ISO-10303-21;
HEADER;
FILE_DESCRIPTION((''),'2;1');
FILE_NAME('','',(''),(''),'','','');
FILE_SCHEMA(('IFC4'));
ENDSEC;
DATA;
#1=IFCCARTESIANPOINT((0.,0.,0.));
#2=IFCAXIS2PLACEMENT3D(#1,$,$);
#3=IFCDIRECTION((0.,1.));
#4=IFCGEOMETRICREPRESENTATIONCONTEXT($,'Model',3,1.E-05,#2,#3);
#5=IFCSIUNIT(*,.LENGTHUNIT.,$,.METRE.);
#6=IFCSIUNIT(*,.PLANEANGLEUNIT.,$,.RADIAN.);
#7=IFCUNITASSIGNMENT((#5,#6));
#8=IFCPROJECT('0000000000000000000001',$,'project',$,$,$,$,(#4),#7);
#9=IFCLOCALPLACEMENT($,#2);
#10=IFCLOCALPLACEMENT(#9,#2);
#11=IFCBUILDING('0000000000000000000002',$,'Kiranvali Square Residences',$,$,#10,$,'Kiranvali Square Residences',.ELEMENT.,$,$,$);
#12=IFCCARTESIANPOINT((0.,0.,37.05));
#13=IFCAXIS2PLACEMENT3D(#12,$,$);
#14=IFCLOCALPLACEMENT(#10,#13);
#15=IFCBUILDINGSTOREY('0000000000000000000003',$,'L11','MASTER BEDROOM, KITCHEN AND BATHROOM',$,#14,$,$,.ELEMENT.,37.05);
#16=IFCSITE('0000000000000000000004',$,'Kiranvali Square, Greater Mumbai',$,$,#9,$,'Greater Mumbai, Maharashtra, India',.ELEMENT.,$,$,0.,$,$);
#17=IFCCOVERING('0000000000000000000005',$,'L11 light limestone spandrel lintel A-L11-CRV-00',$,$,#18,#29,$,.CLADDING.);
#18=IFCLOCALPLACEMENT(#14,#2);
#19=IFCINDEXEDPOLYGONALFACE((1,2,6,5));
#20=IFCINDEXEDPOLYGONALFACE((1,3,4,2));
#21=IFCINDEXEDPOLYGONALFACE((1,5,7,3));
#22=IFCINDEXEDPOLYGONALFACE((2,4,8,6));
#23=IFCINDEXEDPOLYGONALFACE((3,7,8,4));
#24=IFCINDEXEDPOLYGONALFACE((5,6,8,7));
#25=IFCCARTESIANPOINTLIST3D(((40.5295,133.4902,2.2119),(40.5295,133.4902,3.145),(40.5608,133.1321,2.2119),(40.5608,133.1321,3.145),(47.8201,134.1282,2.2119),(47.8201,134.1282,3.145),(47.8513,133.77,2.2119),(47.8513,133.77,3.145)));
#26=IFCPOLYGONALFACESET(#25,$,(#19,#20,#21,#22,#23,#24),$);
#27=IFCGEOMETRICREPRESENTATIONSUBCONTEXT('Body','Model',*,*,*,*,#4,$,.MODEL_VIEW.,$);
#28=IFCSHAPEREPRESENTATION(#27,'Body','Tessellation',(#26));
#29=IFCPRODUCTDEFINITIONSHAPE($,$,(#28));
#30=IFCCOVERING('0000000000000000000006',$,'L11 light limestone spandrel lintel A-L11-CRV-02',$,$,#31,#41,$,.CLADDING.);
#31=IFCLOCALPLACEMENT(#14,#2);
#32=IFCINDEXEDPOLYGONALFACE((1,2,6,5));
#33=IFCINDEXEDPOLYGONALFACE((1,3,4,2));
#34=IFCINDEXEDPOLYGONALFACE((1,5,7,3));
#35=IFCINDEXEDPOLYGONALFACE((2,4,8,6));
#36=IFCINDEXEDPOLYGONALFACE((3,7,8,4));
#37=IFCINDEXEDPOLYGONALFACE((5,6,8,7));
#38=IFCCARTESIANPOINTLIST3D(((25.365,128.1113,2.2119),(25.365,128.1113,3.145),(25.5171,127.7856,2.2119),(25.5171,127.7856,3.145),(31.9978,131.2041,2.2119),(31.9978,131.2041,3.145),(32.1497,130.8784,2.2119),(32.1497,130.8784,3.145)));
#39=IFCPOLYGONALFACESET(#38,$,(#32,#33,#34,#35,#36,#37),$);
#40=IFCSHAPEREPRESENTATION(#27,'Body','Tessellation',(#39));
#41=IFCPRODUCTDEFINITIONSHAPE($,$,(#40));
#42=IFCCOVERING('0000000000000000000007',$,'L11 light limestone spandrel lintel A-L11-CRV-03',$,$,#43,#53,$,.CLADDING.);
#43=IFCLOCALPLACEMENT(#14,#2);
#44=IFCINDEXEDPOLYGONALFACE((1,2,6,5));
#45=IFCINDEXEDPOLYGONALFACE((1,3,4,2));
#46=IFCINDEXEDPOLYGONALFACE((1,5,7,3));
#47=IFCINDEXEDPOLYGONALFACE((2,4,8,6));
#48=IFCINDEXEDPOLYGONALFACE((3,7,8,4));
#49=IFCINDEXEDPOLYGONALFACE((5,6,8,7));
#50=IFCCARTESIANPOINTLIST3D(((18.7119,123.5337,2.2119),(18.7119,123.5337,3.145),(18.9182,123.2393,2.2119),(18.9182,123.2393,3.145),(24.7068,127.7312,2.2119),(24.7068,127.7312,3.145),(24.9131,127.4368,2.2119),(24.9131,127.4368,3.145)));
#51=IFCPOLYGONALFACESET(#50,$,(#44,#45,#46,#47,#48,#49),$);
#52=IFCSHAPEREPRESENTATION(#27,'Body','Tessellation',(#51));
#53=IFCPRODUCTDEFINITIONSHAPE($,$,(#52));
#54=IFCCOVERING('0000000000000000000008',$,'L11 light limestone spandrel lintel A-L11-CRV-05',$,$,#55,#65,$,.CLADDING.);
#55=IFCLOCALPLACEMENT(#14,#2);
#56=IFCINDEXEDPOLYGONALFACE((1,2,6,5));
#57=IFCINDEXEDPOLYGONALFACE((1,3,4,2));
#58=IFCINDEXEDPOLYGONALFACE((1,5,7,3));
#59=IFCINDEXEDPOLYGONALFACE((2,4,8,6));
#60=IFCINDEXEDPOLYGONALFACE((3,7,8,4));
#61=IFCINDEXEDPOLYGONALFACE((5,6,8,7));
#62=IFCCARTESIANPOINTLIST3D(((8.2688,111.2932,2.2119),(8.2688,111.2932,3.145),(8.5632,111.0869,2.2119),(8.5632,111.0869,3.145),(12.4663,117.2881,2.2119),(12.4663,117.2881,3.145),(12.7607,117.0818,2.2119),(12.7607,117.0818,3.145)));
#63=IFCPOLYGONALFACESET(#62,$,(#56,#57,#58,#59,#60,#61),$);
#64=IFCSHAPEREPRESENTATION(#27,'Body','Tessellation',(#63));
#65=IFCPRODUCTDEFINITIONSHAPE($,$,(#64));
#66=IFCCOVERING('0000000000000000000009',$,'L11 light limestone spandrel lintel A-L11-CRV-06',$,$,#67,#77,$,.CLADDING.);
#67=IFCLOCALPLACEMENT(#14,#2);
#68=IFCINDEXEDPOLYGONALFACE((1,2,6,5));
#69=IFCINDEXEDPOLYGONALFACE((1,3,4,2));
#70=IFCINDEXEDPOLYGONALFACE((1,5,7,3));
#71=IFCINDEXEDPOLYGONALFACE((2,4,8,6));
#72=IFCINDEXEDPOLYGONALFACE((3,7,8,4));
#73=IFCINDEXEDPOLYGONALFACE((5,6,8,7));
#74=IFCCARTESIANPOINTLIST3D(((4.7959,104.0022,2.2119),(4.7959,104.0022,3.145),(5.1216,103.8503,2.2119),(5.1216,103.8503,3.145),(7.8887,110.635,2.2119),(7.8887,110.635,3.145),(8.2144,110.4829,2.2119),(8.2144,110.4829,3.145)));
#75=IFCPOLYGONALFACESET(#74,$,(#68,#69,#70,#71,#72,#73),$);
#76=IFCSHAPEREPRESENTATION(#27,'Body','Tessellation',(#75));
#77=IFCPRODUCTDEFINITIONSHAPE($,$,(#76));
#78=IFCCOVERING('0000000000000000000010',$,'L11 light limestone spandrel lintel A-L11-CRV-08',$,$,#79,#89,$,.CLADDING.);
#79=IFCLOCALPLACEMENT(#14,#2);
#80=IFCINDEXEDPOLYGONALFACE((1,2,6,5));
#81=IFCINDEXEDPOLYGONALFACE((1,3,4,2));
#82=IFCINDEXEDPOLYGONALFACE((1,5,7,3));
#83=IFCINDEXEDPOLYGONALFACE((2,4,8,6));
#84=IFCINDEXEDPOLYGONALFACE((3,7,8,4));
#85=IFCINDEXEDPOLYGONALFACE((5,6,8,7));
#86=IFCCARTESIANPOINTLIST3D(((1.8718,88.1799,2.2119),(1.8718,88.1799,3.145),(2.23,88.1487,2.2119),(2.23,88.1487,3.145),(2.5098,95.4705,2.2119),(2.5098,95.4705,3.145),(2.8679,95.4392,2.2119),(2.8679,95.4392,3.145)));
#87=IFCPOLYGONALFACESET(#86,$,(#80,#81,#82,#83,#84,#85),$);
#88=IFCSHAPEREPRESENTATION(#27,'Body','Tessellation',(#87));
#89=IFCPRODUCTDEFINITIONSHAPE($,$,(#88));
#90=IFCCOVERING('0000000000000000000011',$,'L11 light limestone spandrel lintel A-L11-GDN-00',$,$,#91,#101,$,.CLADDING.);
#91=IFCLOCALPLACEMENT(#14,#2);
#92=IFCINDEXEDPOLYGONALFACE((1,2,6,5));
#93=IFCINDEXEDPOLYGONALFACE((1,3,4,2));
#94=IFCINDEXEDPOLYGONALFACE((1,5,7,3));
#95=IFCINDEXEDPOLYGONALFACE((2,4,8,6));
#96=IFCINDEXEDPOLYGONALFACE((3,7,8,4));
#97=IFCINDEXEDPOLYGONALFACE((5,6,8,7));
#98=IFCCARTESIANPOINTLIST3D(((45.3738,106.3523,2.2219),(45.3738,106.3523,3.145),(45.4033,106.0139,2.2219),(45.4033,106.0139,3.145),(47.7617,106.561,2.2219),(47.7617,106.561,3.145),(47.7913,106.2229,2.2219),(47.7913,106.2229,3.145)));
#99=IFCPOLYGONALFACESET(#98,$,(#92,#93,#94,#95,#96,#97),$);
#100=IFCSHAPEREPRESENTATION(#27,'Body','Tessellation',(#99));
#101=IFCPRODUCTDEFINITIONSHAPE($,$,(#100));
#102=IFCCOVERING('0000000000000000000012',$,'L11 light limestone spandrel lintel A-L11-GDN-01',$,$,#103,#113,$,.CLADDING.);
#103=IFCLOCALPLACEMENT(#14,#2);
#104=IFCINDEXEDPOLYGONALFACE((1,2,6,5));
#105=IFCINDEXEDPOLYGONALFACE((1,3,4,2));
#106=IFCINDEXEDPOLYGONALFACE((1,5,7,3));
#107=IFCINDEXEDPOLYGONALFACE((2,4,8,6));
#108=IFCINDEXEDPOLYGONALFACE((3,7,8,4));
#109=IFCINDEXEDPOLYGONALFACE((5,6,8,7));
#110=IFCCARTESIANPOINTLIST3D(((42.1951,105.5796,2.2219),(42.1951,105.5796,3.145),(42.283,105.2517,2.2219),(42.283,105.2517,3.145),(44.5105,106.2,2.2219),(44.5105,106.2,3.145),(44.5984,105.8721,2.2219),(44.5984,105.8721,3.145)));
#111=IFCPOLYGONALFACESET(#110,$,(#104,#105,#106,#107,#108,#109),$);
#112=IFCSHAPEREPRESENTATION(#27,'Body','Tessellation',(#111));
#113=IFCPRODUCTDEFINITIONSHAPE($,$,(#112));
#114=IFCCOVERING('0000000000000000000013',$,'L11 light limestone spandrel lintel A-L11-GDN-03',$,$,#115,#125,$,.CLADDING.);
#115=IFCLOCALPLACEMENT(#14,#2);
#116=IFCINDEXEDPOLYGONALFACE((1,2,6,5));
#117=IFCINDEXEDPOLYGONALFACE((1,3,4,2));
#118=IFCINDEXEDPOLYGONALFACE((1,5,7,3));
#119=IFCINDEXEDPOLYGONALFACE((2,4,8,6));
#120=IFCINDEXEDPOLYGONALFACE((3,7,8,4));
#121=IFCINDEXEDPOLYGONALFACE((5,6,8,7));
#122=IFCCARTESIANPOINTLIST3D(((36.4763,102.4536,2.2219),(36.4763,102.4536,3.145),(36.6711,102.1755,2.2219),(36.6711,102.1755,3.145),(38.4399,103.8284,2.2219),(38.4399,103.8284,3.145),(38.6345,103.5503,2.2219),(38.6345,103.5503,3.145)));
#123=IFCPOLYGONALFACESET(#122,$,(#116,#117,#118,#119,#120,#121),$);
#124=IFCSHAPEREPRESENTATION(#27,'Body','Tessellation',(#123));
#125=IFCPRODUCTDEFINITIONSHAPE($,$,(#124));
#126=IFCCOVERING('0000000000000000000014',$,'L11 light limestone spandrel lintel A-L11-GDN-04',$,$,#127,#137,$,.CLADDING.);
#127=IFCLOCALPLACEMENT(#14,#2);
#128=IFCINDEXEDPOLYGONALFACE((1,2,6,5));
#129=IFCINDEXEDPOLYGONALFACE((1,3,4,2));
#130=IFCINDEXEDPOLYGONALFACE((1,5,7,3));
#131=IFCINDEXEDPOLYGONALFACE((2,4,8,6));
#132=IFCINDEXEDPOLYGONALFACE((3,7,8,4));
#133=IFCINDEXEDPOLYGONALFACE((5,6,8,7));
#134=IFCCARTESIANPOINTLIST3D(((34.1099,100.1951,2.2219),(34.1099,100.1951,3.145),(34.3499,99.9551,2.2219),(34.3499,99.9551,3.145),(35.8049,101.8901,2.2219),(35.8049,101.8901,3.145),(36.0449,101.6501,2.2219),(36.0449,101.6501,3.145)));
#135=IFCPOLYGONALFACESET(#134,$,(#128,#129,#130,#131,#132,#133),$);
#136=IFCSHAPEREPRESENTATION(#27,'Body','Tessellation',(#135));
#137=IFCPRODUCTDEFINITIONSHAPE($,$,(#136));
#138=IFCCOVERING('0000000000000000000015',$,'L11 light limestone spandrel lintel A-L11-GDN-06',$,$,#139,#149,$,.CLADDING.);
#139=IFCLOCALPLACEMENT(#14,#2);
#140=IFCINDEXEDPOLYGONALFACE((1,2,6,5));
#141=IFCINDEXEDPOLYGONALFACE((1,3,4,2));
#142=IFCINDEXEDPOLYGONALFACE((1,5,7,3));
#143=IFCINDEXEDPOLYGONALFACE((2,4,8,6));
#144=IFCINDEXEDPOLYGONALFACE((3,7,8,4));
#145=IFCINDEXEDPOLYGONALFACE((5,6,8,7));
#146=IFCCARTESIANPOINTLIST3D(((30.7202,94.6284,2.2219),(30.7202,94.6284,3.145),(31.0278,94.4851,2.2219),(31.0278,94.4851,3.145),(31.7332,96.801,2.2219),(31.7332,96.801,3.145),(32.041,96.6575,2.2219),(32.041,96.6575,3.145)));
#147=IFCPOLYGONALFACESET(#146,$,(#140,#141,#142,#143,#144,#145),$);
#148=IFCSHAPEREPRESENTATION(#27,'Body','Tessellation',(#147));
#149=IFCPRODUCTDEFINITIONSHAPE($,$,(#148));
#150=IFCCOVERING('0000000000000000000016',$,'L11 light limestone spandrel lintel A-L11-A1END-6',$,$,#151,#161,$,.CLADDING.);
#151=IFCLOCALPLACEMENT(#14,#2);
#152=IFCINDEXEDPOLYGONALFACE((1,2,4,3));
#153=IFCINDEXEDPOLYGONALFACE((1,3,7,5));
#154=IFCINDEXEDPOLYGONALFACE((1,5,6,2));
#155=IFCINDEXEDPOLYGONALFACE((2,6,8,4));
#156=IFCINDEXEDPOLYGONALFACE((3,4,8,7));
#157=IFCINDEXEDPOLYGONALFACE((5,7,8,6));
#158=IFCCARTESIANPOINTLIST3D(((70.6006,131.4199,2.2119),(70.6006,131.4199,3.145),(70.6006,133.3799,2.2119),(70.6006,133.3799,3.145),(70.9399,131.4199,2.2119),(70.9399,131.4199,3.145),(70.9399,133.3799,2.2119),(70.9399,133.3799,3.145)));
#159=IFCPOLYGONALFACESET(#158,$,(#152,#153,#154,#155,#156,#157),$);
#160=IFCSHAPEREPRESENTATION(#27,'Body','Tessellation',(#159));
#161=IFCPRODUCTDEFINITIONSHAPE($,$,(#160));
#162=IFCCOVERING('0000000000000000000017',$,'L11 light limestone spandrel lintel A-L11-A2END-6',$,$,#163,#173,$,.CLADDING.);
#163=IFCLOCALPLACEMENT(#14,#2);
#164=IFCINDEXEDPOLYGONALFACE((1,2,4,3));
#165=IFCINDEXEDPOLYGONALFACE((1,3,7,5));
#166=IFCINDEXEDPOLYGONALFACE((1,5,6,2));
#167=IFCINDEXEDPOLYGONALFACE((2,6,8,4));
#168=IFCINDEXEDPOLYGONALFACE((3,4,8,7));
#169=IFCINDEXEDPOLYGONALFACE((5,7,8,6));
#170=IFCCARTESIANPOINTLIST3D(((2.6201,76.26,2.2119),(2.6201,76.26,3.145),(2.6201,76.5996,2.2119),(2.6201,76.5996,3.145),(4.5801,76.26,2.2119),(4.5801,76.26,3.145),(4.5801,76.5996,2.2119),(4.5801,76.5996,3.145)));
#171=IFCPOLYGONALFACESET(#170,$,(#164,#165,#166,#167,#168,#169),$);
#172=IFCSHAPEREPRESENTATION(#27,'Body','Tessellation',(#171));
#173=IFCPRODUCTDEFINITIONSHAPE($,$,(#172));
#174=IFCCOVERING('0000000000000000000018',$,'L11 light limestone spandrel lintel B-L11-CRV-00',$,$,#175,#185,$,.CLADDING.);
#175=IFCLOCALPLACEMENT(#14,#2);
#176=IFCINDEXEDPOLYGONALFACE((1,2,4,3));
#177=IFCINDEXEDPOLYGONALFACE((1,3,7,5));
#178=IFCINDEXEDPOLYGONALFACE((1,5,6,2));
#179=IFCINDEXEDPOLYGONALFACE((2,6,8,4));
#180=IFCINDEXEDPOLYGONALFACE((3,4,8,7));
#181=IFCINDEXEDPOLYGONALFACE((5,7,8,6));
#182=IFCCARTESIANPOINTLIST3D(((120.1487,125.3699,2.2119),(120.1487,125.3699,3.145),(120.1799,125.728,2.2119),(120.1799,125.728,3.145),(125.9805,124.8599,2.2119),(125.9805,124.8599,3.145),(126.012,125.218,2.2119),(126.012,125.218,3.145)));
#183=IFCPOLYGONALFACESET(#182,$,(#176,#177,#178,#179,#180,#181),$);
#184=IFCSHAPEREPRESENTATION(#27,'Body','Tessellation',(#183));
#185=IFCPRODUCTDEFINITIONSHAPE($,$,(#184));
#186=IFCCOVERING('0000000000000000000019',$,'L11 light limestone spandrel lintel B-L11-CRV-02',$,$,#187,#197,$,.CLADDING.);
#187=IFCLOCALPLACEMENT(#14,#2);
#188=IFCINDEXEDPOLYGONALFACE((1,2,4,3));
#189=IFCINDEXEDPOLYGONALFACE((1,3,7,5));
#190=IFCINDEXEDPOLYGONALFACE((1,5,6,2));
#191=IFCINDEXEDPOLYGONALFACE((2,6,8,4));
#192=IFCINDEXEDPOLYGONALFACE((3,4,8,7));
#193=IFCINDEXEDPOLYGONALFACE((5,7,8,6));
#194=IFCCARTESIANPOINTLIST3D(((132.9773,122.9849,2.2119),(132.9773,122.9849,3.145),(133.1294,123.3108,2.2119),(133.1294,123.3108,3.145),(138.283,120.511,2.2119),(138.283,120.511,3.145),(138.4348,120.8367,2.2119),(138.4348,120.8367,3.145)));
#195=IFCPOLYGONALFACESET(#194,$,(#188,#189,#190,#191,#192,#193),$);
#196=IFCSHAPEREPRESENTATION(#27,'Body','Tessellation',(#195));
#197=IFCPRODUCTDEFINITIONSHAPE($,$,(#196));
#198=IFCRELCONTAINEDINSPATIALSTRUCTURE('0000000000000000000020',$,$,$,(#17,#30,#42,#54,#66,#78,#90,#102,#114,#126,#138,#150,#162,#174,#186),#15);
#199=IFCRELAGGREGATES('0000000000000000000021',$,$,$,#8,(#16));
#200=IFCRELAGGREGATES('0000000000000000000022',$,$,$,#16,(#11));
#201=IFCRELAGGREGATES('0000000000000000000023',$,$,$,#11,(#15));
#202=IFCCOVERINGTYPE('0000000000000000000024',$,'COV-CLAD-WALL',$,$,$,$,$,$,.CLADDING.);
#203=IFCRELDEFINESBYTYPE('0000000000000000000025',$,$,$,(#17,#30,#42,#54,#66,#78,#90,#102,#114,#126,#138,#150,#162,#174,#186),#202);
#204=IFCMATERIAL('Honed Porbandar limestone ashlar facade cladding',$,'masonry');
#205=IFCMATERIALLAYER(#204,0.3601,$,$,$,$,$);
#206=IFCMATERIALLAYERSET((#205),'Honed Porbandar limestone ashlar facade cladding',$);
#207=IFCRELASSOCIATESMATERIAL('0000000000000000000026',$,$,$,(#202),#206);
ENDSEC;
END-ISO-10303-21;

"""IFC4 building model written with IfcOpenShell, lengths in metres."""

from ifc_helpers import new_model, si_unit, direction, frame, origin, place, context, subcontext, project, spatial, polyline, outline, extrude, material, layer, layer_set, type_object, element, save


model = new_model("IFC4")

# Units and contexts
model_context = context("Model", 3, precision=1e-05, world=origin(), true_north=direction((0.0, 1.0)))
body_context = subcontext(model_context, "Body", "Model", "MODEL_VIEW")
ifc_project = project(units=[si_unit("LENGTHUNIT", "METRE"), si_unit("PLANEANGLEUNIT", "RADIAN")], contexts=[model_context])

# Site, building, storey
site_placement = place(None, origin())
site = spatial("IfcSite", under=ifc_project, at=site_placement, Name="Kiranvali Square, Greater Mumbai", LongName="Greater Mumbai, Maharashtra, India", CompositionType="ELEMENT", RefElevation=0.0)
building_placement = place(site_placement, origin())
building = spatial("IfcBuilding", under=site, at=building_placement, Name="Kiranvali Square Residences", LongName="Kiranvali Square Residences", CompositionType="ELEMENT")
storey_placement = place(building_placement, frame((0.0, 0.0, 37.05)))
storey = spatial("IfcBuildingStorey", under=building, at=storey_placement, Name="L11", Description="MASTER BEDROOM, KITCHEN AND BATHROOM", CompositionType="ELEMENT", Elevation=37.05)

# Coverings
ifc_material = material(Name="Honed Porbandar limestone ashlar facade cladding", Category="masonry")
ifc_layer = layer(ifc_material, 0.3601)
ifc_layer_set = layer_set([ifc_layer], Name="Honed Porbandar limestone ashlar facade cladding")
covering_type = type_object("IfcCoveringType", Name="COV-CLAD-WALL", PredefinedType="CLADDING", material=ifc_layer_set)
covering_1_placement = place(storey_placement, frame((0.0, 0.0, 2.2119)))
element("IfcCovering", 1, at=covering_1_placement, inside=storey, type_object=covering_type, Name="L11 light limestone spandrel lintel A-L11-CRV-00", PredefinedType="CLADDING", context=body_context, shape_type="SweptSolid", body=[
    extrude(outline(polyline([(47.8201, 134.1282), (40.5295, 133.4902), (40.5608, 133.1321), (47.8513, 133.77), (47.8201, 134.1282)])), origin(), (0.0, 0.0, 1.0), 0.9331),
])
covering_2_placement = place(storey_placement, frame((0.0, 0.0, 2.2119)))
element("IfcCovering", 2, at=covering_2_placement, inside=storey, type_object=covering_type, Name="L11 light limestone spandrel lintel A-L11-CRV-02", PredefinedType="CLADDING", context=body_context, shape_type="SweptSolid", body=[
    extrude(outline(polyline([(31.9978, 131.2041), (25.365, 128.1113), (25.5171, 127.7856), (32.1497, 130.8784), (31.9978, 131.2041)])), origin(), (0.0, 0.0, 1.0), 0.9331),
])
covering_3_placement = place(storey_placement, frame((0.0, 0.0, 2.2119)))
element("IfcCovering", 3, at=covering_3_placement, inside=storey, type_object=covering_type, Name="L11 light limestone spandrel lintel A-L11-CRV-03", PredefinedType="CLADDING", context=body_context, shape_type="SweptSolid", body=[
    extrude(outline(polyline([(24.7068, 127.7312), (18.7119, 123.5337), (18.9182, 123.2393), (24.9131, 127.4368), (24.7068, 127.7312)])), origin(), (0.0, 0.0, 1.0), 0.9331),
])
covering_4_placement = place(storey_placement, frame((0.0, 0.0, 2.2119)))
element("IfcCovering", 4, at=covering_4_placement, inside=storey, type_object=covering_type, Name="L11 light limestone spandrel lintel A-L11-CRV-05", PredefinedType="CLADDING", context=body_context, shape_type="SweptSolid", body=[
    extrude(outline(polyline([(12.4663, 117.2881), (8.2688, 111.2932), (8.5632, 111.0869), (12.7607, 117.0818), (12.4663, 117.2881)])), origin(), (0.0, 0.0, 1.0), 0.9331),
])
covering_5_placement = place(storey_placement, frame((0.0, 0.0, 2.2119)))
element("IfcCovering", 5, at=covering_5_placement, inside=storey, type_object=covering_type, Name="L11 light limestone spandrel lintel A-L11-CRV-06", PredefinedType="CLADDING", context=body_context, shape_type="SweptSolid", body=[
    extrude(outline(polyline([(7.8887, 110.635), (4.7959, 104.0022), (5.1216, 103.8503), (8.2144, 110.4829), (7.8887, 110.635)])), origin(), (0.0, 0.0, 1.0), 0.9331),
])
covering_6_placement = place(storey_placement, frame((0.0, 0.0, 2.2119)))
element("IfcCovering", 6, at=covering_6_placement, inside=storey, type_object=covering_type, Name="L11 light limestone spandrel lintel A-L11-CRV-08", PredefinedType="CLADDING", context=body_context, shape_type="SweptSolid", body=[
    extrude(outline(polyline([(2.5098, 95.4705), (1.8718, 88.1799), (2.23, 88.1487), (2.8679, 95.4392), (2.5098, 95.4705)])), origin(), (0.0, 0.0, 1.0), 0.9331),
])
covering_7_placement = place(storey_placement, frame((0.0, 0.0, 2.2219)))
element("IfcCovering", 7, at=covering_7_placement, inside=storey, type_object=covering_type, Name="L11 light limestone spandrel lintel A-L11-GDN-00", PredefinedType="CLADDING", context=body_context, shape_type="SweptSolid", body=[
    extrude(outline(polyline([(47.7617, 106.561), (45.3738, 106.3523), (45.4033, 106.0139), (47.7913, 106.2229), (47.7617, 106.561)])), origin(), (0.0, 0.0, 1.0), 0.9231),
])
covering_8_placement = place(storey_placement, frame((0.0, 0.0, 2.2219)))
element("IfcCovering", 8, at=covering_8_placement, inside=storey, type_object=covering_type, Name="L11 light limestone spandrel lintel A-L11-GDN-01", PredefinedType="CLADDING", context=body_context, shape_type="SweptSolid", body=[
    extrude(outline(polyline([(44.5105, 106.2), (42.1951, 105.5796), (42.283, 105.2517), (44.5984, 105.8721), (44.5105, 106.2)])), origin(), (0.0, 0.0, 1.0), 0.9231),
])
covering_9_placement = place(storey_placement, frame((0.0, 0.0, 2.2219)))
element("IfcCovering", 9, at=covering_9_placement, inside=storey, type_object=covering_type, Name="L11 light limestone spandrel lintel A-L11-GDN-03", PredefinedType="CLADDING", context=body_context, shape_type="SweptSolid", body=[
    extrude(outline(polyline([(38.4399, 103.8284), (36.4763, 102.4536), (36.6711, 102.1755), (38.6345, 103.5503), (38.4399, 103.8284)])), origin(), (0.0, 0.0, 1.0), 0.9231),
])
covering_10_placement = place(storey_placement, frame((0.0, 0.0, 2.2219)))
element("IfcCovering", 10, at=covering_10_placement, inside=storey, type_object=covering_type, Name="L11 light limestone spandrel lintel A-L11-GDN-04", PredefinedType="CLADDING", context=body_context, shape_type="SweptSolid", body=[
    extrude(outline(polyline([(35.8049, 101.8901), (34.1099, 100.1951), (34.3499, 99.9551), (36.0449, 101.6501), (35.8049, 101.8901)])), origin(), (0.0, 0.0, 1.0), 0.9231),
])
covering_11_placement = place(storey_placement, frame((0.0, 0.0, 2.2219)))
element("IfcCovering", 11, at=covering_11_placement, inside=storey, type_object=covering_type, Name="L11 light limestone spandrel lintel A-L11-GDN-06", PredefinedType="CLADDING", context=body_context, shape_type="SweptSolid", body=[
    extrude(outline(polyline([(31.7332, 96.801), (30.7202, 94.6284), (31.0278, 94.4851), (32.041, 96.6575), (31.7332, 96.801)])), origin(), (0.0, 0.0, 1.0), 0.9231),
])
covering_12_placement = place(storey_placement, frame((0.0, 0.0, 2.2119)))
element("IfcCovering", 12, at=covering_12_placement, inside=storey, type_object=covering_type, Name="L11 light limestone spandrel lintel A-L11-A1END-6", PredefinedType="CLADDING", context=body_context, shape_type="SweptSolid", body=[
    extrude(outline(polyline([(70.9399, 131.4199), (70.9399, 133.3799), (70.6006, 133.3799), (70.6006, 131.4199), (70.9399, 131.4199)])), origin(), (0.0, 0.0, 1.0), 0.9331),
])
covering_13_placement = place(storey_placement, frame((0.0, 0.0, 2.2119)))
element("IfcCovering", 13, at=covering_13_placement, inside=storey, type_object=covering_type, Name="L11 light limestone spandrel lintel A-L11-A2END-6", PredefinedType="CLADDING", context=body_context, shape_type="SweptSolid", body=[
    extrude(outline(polyline([(4.5801, 76.5996), (2.6201, 76.5996), (2.6201, 76.26), (4.5801, 76.26), (4.5801, 76.5996)])), origin(), (0.0, 0.0, 1.0), 0.9331),
])
covering_14_placement = place(storey_placement, frame((0.0, 0.0, 2.2119)))
element("IfcCovering", 14, at=covering_14_placement, inside=storey, type_object=covering_type, Name="L11 light limestone spandrel lintel B-L11-CRV-00", PredefinedType="CLADDING", context=body_context, shape_type="SweptSolid", body=[
    extrude(outline(polyline([(120.1487, 125.3699), (125.9805, 124.8599), (126.012, 125.218), (120.1799, 125.728), (120.1487, 125.3699)])), origin(), (0.0, 0.0, 1.0), 0.9331),
])
covering_15_placement = place(storey_placement, frame((0.0, 0.0, 2.2119)))
element("IfcCovering", 15, at=covering_15_placement, inside=storey, type_object=covering_type, Name="L11 light limestone spandrel lintel B-L11-CRV-02", PredefinedType="CLADDING", context=body_context, shape_type="SweptSolid", body=[
    extrude(outline(polyline([(132.9773, 122.9849), (138.283, 120.511), (138.4348, 120.8367), (133.1294, 123.3108), (132.9773, 122.9849)])), origin(), (0.0, 0.0, 1.0), 0.9331),
])

save(model, "model.ifc")
